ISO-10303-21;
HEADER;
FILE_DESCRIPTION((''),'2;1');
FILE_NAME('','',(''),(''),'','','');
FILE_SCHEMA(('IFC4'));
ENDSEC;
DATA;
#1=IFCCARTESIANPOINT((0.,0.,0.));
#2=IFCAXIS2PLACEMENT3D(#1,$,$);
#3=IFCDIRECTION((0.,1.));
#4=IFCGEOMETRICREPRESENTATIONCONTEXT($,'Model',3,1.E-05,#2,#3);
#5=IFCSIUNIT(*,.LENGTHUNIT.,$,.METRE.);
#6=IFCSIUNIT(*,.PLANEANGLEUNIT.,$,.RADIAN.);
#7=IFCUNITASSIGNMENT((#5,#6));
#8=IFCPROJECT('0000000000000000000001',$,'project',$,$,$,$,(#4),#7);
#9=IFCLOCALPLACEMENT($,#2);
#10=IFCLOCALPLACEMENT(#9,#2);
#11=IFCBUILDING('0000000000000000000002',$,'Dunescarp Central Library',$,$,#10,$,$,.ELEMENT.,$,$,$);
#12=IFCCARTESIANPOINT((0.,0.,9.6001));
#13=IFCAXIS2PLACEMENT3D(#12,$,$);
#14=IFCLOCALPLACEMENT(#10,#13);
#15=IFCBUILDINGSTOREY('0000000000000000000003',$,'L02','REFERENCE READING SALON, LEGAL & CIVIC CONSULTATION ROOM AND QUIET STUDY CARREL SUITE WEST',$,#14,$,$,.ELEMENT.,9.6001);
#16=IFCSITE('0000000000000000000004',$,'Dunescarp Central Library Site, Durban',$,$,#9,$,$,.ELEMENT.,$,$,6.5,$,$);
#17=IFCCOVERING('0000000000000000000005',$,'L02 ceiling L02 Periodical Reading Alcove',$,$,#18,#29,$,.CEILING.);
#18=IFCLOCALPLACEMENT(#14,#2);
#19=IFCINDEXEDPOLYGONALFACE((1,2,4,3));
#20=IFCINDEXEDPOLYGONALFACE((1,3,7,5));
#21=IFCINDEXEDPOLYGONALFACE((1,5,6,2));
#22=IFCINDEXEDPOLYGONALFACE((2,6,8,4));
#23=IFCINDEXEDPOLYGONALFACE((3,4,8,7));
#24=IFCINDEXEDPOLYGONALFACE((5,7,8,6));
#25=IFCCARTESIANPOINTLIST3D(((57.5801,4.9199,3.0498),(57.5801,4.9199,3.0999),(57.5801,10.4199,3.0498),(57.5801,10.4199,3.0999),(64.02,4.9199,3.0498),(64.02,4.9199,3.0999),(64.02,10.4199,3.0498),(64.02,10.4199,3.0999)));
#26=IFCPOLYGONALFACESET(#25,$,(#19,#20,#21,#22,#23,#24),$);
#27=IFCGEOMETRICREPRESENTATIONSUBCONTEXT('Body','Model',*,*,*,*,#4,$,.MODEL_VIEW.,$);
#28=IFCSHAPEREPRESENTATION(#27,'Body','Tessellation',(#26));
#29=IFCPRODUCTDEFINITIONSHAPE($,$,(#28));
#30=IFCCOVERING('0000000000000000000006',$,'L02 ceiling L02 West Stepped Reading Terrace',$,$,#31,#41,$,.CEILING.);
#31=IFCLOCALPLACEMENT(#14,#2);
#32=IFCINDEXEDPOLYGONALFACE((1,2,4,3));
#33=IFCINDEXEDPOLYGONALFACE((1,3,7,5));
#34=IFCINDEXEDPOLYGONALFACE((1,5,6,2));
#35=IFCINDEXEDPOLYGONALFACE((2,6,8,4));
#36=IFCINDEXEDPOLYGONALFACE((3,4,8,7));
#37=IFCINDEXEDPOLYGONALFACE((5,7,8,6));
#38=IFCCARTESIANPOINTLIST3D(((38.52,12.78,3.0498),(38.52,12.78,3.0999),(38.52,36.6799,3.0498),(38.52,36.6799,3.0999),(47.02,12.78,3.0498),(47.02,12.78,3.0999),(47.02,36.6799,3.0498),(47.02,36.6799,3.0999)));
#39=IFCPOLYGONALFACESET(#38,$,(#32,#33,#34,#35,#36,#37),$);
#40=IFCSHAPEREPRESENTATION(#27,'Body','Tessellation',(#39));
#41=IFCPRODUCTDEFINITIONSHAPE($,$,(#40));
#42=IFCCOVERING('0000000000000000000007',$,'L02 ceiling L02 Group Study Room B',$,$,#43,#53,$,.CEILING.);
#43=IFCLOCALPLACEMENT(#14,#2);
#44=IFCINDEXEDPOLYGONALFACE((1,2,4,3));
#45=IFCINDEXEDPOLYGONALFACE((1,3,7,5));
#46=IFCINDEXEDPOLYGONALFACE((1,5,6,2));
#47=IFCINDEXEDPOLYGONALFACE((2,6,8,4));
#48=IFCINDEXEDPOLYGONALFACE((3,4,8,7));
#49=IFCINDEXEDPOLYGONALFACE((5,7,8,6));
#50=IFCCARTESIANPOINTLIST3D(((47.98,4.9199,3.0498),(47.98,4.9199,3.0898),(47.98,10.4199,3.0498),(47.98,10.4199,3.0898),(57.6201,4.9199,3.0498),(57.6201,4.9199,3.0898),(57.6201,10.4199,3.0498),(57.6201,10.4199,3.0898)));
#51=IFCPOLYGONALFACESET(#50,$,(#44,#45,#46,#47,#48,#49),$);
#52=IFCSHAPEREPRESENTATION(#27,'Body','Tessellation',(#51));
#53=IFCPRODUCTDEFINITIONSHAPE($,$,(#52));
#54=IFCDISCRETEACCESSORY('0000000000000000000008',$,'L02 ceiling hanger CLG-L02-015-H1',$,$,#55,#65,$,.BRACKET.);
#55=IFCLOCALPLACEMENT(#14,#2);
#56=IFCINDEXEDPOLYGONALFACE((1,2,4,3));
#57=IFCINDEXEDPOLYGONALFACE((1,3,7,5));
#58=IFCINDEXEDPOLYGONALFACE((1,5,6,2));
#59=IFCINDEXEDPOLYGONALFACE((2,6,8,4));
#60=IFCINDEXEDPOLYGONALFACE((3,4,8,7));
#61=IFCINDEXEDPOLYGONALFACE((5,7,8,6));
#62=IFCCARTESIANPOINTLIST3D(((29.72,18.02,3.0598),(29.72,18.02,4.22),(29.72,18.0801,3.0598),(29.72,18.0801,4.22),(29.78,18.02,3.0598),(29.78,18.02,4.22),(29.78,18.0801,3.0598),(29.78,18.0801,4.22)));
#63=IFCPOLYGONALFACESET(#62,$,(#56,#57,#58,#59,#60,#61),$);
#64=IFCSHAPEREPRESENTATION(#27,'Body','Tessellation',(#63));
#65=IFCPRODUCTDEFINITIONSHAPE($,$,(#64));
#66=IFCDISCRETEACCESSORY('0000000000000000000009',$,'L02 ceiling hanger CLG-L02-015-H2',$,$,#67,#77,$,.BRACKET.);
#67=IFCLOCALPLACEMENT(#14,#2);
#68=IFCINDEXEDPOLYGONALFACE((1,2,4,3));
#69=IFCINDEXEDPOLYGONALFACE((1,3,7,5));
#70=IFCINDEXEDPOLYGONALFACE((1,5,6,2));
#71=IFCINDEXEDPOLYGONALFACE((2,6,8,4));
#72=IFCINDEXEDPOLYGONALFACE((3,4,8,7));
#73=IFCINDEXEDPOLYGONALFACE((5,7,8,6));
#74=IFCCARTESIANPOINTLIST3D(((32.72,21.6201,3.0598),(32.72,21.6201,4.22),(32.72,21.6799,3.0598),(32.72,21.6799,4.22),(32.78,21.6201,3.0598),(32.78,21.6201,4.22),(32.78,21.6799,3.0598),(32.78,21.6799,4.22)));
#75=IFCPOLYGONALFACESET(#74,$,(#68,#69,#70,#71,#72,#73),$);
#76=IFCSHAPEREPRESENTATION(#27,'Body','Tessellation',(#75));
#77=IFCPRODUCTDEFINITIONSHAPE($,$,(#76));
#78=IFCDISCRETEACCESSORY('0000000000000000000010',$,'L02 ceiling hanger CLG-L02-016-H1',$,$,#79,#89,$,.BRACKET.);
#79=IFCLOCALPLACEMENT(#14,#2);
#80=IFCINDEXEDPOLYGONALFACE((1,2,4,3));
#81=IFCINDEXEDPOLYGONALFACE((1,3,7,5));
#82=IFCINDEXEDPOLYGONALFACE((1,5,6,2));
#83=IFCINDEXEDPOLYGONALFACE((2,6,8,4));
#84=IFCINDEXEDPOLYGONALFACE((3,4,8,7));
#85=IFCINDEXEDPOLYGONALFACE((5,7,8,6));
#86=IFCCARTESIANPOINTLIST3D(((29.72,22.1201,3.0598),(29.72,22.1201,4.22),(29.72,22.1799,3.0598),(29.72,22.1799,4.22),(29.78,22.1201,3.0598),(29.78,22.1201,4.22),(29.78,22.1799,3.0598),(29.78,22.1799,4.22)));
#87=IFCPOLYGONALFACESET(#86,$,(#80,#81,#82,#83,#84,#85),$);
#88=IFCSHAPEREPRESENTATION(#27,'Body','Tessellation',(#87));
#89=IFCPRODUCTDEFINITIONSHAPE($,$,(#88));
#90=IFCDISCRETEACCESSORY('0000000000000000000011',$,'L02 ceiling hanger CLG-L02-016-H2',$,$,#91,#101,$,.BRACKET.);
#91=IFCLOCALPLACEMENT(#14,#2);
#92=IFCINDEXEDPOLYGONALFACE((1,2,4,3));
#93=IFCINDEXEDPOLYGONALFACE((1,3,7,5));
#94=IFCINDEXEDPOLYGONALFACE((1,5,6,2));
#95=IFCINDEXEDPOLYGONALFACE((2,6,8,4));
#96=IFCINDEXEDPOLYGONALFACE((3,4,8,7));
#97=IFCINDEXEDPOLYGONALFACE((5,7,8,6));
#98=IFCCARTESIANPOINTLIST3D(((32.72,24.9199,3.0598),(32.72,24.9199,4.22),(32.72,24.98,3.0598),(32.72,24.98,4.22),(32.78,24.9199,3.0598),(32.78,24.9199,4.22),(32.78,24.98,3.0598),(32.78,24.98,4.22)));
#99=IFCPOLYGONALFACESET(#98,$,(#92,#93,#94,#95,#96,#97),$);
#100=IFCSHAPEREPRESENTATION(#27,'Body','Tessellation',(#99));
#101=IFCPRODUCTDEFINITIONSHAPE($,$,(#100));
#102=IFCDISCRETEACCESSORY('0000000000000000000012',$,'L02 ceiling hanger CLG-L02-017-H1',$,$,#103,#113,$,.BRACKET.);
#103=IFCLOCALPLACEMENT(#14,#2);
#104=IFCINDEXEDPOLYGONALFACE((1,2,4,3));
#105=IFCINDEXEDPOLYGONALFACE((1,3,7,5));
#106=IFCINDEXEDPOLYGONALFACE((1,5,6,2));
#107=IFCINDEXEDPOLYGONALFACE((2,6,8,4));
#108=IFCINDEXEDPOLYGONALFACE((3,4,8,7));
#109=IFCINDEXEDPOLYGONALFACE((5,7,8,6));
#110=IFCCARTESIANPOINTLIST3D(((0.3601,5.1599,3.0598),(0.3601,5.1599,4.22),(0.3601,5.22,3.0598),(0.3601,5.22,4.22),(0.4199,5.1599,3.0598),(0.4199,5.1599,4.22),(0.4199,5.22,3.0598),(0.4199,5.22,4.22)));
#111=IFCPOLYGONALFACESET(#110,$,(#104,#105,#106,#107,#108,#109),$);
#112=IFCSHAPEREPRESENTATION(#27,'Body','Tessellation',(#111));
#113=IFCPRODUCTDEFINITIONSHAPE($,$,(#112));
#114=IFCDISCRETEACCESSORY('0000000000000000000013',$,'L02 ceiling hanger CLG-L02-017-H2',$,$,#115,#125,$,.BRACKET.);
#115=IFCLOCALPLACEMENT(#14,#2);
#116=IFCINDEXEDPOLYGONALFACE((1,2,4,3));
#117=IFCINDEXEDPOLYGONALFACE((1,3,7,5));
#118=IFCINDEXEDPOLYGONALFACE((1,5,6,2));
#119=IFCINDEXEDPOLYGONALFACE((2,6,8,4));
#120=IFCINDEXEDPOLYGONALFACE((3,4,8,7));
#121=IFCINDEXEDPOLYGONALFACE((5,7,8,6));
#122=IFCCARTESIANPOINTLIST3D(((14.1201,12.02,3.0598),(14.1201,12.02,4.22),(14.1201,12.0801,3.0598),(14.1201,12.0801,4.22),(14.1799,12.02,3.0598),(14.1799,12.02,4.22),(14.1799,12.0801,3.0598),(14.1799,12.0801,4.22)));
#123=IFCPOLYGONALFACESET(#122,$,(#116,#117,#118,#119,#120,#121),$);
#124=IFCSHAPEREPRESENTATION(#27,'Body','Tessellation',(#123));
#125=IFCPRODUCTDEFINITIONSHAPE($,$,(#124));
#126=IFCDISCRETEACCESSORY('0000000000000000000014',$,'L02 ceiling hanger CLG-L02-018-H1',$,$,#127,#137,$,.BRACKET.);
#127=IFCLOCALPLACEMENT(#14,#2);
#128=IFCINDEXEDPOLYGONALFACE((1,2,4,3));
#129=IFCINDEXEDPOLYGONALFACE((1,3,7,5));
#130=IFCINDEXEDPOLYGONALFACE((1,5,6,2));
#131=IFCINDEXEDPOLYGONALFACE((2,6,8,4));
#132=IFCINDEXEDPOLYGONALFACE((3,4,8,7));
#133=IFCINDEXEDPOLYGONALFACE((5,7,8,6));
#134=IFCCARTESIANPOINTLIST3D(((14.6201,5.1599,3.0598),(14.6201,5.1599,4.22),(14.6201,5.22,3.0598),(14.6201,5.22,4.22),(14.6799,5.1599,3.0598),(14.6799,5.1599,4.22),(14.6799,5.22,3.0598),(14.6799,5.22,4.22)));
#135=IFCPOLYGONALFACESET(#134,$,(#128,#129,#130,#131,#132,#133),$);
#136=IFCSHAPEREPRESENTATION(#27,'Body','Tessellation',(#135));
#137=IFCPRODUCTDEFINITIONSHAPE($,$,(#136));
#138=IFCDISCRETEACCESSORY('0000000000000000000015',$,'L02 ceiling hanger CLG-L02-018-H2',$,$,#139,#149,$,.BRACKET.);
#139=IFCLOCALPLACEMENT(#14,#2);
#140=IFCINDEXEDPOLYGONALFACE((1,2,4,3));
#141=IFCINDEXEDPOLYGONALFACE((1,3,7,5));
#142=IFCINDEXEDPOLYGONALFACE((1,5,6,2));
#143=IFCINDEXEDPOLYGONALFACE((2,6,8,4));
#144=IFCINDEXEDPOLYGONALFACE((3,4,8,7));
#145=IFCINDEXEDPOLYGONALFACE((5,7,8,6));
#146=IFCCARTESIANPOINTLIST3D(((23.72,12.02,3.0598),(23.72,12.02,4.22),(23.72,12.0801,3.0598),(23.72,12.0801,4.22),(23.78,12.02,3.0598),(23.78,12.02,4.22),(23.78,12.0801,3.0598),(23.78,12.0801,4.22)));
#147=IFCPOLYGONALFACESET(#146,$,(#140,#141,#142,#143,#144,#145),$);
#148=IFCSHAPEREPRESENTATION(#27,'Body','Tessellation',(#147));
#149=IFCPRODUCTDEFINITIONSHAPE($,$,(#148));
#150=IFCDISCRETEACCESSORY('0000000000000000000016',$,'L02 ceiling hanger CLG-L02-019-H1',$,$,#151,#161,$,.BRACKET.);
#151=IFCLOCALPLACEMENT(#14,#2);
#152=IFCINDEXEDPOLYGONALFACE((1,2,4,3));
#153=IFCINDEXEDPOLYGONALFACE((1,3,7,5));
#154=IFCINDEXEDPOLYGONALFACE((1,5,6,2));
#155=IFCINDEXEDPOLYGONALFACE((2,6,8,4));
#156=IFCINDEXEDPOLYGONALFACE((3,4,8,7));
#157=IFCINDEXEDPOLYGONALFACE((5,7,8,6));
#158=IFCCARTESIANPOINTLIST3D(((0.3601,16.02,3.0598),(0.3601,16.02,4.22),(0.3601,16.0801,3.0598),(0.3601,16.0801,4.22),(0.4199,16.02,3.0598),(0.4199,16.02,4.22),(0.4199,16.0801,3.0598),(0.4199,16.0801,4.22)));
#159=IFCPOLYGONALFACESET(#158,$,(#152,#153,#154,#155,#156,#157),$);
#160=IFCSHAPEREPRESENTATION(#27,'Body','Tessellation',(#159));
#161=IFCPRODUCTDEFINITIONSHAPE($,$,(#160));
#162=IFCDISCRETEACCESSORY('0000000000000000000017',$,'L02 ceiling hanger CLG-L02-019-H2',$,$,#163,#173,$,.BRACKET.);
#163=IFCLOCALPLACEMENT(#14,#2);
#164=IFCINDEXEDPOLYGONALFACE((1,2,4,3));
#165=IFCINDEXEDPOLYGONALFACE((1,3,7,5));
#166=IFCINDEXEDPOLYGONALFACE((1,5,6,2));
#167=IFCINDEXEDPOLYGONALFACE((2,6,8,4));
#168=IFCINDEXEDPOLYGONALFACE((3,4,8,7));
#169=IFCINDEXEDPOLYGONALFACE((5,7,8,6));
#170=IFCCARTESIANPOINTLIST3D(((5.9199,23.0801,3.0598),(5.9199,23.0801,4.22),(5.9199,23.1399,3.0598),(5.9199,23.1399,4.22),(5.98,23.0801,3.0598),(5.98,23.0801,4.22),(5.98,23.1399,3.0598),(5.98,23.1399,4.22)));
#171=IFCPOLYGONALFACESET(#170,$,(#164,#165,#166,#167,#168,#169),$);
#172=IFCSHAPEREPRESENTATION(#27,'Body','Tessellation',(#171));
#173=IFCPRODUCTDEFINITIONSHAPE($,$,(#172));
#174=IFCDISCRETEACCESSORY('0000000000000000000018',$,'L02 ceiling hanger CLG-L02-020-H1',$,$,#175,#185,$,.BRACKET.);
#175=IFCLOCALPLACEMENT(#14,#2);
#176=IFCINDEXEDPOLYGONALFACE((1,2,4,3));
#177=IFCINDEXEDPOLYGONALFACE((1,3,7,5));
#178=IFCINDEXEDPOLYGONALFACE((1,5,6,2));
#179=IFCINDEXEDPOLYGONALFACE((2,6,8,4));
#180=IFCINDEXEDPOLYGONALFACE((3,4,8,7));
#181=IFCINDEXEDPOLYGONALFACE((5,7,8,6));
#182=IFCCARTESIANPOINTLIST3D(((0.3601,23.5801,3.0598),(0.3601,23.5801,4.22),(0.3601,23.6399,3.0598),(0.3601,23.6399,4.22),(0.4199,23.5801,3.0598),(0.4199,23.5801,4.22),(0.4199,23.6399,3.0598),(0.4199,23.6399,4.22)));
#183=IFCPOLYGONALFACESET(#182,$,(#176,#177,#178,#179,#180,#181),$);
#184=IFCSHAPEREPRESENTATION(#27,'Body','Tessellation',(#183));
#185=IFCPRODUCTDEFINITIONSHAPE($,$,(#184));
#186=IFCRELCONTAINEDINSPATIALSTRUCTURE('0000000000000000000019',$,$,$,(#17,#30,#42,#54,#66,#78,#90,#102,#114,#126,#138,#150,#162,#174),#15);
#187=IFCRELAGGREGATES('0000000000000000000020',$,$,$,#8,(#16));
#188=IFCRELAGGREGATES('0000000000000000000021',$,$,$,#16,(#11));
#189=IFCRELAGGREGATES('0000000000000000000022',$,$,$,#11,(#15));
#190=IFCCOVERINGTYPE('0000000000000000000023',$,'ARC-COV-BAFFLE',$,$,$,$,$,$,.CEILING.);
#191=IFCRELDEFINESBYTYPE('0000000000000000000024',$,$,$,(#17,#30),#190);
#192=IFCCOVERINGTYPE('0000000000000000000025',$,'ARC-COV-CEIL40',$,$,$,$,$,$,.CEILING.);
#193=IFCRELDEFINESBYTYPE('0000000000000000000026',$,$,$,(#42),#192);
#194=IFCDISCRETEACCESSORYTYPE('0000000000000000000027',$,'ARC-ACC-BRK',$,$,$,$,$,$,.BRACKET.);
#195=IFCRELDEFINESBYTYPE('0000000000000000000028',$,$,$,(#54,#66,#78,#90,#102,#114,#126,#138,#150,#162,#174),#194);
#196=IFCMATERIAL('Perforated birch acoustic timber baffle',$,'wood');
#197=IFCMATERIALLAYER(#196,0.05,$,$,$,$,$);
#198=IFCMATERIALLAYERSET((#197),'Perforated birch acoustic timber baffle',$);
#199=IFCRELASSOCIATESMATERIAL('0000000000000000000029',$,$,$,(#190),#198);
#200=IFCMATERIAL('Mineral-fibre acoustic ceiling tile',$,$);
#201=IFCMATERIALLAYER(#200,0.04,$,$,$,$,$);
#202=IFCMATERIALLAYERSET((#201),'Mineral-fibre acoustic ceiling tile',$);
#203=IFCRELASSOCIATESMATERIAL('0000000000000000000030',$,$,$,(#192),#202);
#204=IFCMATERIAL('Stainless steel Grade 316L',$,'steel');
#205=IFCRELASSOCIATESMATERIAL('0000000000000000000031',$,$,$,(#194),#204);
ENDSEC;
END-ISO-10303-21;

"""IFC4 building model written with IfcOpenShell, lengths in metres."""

from ifc_helpers import new_model, si_unit, direction, frame, origin, place, context, subcontext, project, spatial, polyline, outline, extrude, material, layer, layer_set, type_object, element, save


model = new_model("IFC4")

# Units and contexts
model_context = context("Model", 3, precision=1e-05, world=origin(), true_north=direction((0.0, 1.0)))
body_context = subcontext(model_context, "Body", "Model", "MODEL_VIEW")
ifc_project = project(units=[si_unit("LENGTHUNIT", "METRE"), si_unit("PLANEANGLEUNIT", "RADIAN")], contexts=[model_context])

# Site, building, storey
site_placement = place(None, origin())
site = spatial("IfcSite", under=ifc_project, at=site_placement, Name="Dunescarp Central Library Site, Durban", CompositionType="ELEMENT", RefElevation=6.5)
building_placement = place(site_placement, origin())
building = spatial("IfcBuilding", under=site, at=building_placement, Name="Dunescarp Central Library", CompositionType="ELEMENT")
storey_placement = place(building_placement, frame((0.0, 0.0, 9.6001)))
storey = spatial("IfcBuildingStorey", under=building, at=storey_placement, Name="L02", Description="REFERENCE READING SALON, LEGAL & CIVIC CONSULTATION ROOM AND QUIET STUDY CARREL SUITE WEST", CompositionType="ELEMENT", Elevation=9.6001)

# Coverings
ifc_material_1 = material(Name="Perforated birch acoustic timber baffle", Category="wood")
ifc_layer_1 = layer(ifc_material_1, 0.05)
ifc_layer_set_1 = layer_set([ifc_layer_1], Name="Perforated birch acoustic timber baffle")
covering_type_1 = type_object("IfcCoveringType", Name="ARC-COV-BAFFLE", PredefinedType="CEILING", material=ifc_layer_set_1)
covering_1_placement = place(storey_placement, frame((0.0, 0.0, 3.0498)))
element("IfcCovering", 1, at=covering_1_placement, inside=storey, type_object=covering_type_1, Name="L02 ceiling L02 Periodical Reading Alcove", PredefinedType="CEILING", context=body_context, shape_type="SweptSolid", body=[
    extrude(outline(polyline([(57.5801, 4.9199), (64.02, 4.9199), (64.02, 10.4199), (57.5801, 10.4199), (57.5801, 4.9199)])), origin(), (0.0, 0.0, 1.0), 0.05),
])
covering_2_placement = place(storey_placement, frame((0.0, 0.0, 3.0498)))
element("IfcCovering", 2, at=covering_2_placement, inside=storey, type_object=covering_type_1, Name="L02 ceiling L02 West Stepped Reading Terrace", PredefinedType="CEILING", context=body_context, shape_type="SweptSolid", body=[
    extrude(outline(polyline([(38.52, 12.78), (47.02, 12.78), (47.02, 36.6799), (38.52, 36.6799), (38.52, 12.78)])), origin(), (0.0, 0.0, 1.0), 0.05),
])
ifc_material_2 = material(Name="Mineral-fibre acoustic ceiling tile")
ifc_layer_2 = layer(ifc_material_2, 0.04)
ifc_layer_set_2 = layer_set([ifc_layer_2], Name="Mineral-fibre acoustic ceiling tile")
covering_type_2 = type_object("IfcCoveringType", Name="ARC-COV-CEIL40", PredefinedType="CEILING", material=ifc_layer_set_2)
covering_3_placement = place(storey_placement, frame((0.0, 0.0, 3.0498)))
element("IfcCovering", 3, at=covering_3_placement, inside=storey, type_object=covering_type_2, Name="L02 ceiling L02 Group Study Room B", PredefinedType="CEILING", context=body_context, shape_type="SweptSolid", body=[
    extrude(outline(polyline([(47.98, 4.9199), (57.6201, 4.9199), (57.6201, 10.4199), (47.98, 10.4199), (47.98, 4.9199)])), origin(), (0.0, 0.0, 1.0), 0.04),
])

# Discrete accessories
ifc_material_3 = material(Name="Stainless steel Grade 316L", Category="steel")
discrete_accessory_type = type_object("IfcDiscreteAccessoryType", Name="ARC-ACC-BRK", PredefinedType="BRACKET", material=ifc_material_3)
discrete_accessory_1_placement = place(storey_placement, frame((0.0, 0.0, 3.0598)))
element("IfcDiscreteAccessory", 4, at=discrete_accessory_1_placement, inside=storey, type_object=discrete_accessory_type, Name="L02 ceiling hanger CLG-L02-015-H1", PredefinedType="BRACKET", context=body_context, shape_type="SweptSolid", body=[
    extrude(outline(polyline([(29.72, 18.02), (29.78, 18.02), (29.78, 18.0801), (29.72, 18.0801), (29.72, 18.02)])), origin(), (0.0, 0.0, 1.0), 1.1602),
])
discrete_accessory_2_placement = place(storey_placement, frame((0.0, 0.0, 3.0598)))
element("IfcDiscreteAccessory", 5, at=discrete_accessory_2_placement, inside=storey, type_object=discrete_accessory_type, Name="L02 ceiling hanger CLG-L02-015-H2", PredefinedType="BRACKET", context=body_context, shape_type="SweptSolid", body=[
    extrude(outline(polyline([(32.72, 21.6201), (32.78, 21.6201), (32.78, 21.6799), (32.72, 21.6799), (32.72, 21.6201)])), origin(), (0.0, 0.0, 1.0), 1.1602),
])
discrete_accessory_3_placement = place(storey_placement, frame((0.0, 0.0, 3.0598)))
element("IfcDiscreteAccessory", 6, at=discrete_accessory_3_placement, inside=storey, type_object=discrete_accessory_type, Name="L02 ceiling hanger CLG-L02-016-H1", PredefinedType="BRACKET", context=body_context, shape_type="SweptSolid", body=[
    extrude(outline(polyline([(29.72, 22.1201), (29.78, 22.1201), (29.78, 22.1799), (29.72, 22.1799), (29.72, 22.1201)])), origin(), (0.0, 0.0, 1.0), 1.1602),
])
discrete_accessory_4_placement = place(storey_placement, frame((0.0, 0.0, 3.0598)))
element("IfcDiscreteAccessory", 7, at=discrete_accessory_4_placement, inside=storey, type_object=discrete_accessory_type, Name="L02 ceiling hanger CLG-L02-016-H2", PredefinedType="BRACKET", context=body_context, shape_type="SweptSolid", body=[
    extrude(outline(polyline([(32.72, 24.9199), (32.78, 24.9199), (32.78, 24.98), (32.72, 24.98), (32.72, 24.9199)])), origin(), (0.0, 0.0, 1.0), 1.1602),
])
discrete_accessory_5_placement = place(storey_placement, frame((0.0, 0.0, 3.0598)))
element("IfcDiscreteAccessory", 8, at=discrete_accessory_5_placement, inside=storey, type_object=discrete_accessory_type, Name="L02 ceiling hanger CLG-L02-017-H1", PredefinedType="BRACKET", context=body_context, shape_type="SweptSolid", body=[
    extrude(outline(polyline([(0.3601, 5.1599), (0.4199, 5.1599), (0.4199, 5.22), (0.3601, 5.22), (0.3601, 5.1599)])), origin(), (0.0, 0.0, 1.0), 1.1602),
])
discrete_accessory_6_placement = place(storey_placement, frame((0.0, 0.0, 3.0598)))
element("IfcDiscreteAccessory", 9, at=discrete_accessory_6_placement, inside=storey, type_object=discrete_accessory_type, Name="L02 ceiling hanger CLG-L02-017-H2", PredefinedType="BRACKET", context=body_context, shape_type="SweptSolid", body=[
    extrude(outline(polyline([(14.1201, 12.02), (14.1799, 12.02), (14.1799, 12.0801), (14.1201, 12.0801), (14.1201, 12.02)])), origin(), (0.0, 0.0, 1.0), 1.1602),
])
discrete_accessory_7_placement = place(storey_placement, frame((0.0, 0.0, 3.0598)))
element("IfcDiscreteAccessory", 10, at=discrete_accessory_7_placement, inside=storey, type_object=discrete_accessory_type, Name="L02 ceiling hanger CLG-L02-018-H1", PredefinedType="BRACKET", context=body_context, shape_type="SweptSolid", body=[
    extrude(outline(polyline([(14.6201, 5.1599), (14.6799, 5.1599), (14.6799, 5.22), (14.6201, 5.22), (14.6201, 5.1599)])), origin(), (0.0, 0.0, 1.0), 1.1602),
])
discrete_accessory_8_placement = place(storey_placement, frame((0.0, 0.0, 3.0598)))
element("IfcDiscreteAccessory", 11, at=discrete_accessory_8_placement, inside=storey, type_object=discrete_accessory_type, Name="L02 ceiling hanger CLG-L02-018-H2", PredefinedType="BRACKET", context=body_context, shape_type="SweptSolid", body=[
    extrude(outline(polyline([(23.72, 12.02), (23.78, 12.02), (23.78, 12.0801), (23.72, 12.0801), (23.72, 12.02)])), origin(), (0.0, 0.0, 1.0), 1.1602),
])
discrete_accessory_9_placement = place(storey_placement, frame((0.0, 0.0, 3.0598)))
element("IfcDiscreteAccessory", 12, at=discrete_accessory_9_placement, inside=storey, type_object=discrete_accessory_type, Name="L02 ceiling hanger CLG-L02-019-H1", PredefinedType="BRACKET", context=body_context, shape_type="SweptSolid", body=[
    extrude(outline(polyline([(0.3601, 16.02), (0.4199, 16.02), (0.4199, 16.0801), (0.3601, 16.0801), (0.3601, 16.02)])), origin(), (0.0, 0.0, 1.0), 1.1602),
])
discrete_accessory_10_placement = place(storey_placement, frame((0.0, 0.0, 3.0598)))
element("IfcDiscreteAccessory", 13, at=discrete_accessory_10_placement, inside=storey, type_object=discrete_accessory_type, Name="L02 ceiling hanger CLG-L02-019-H2", PredefinedType="BRACKET", context=body_context, shape_type="SweptSolid", body=[
    extrude(outline(polyline([(5.9199, 23.0801), (5.98, 23.0801), (5.98, 23.1399), (5.9199, 23.1399), (5.9199, 23.0801)])), origin(), (0.0, 0.0, 1.0), 1.1602),
])
discrete_accessory_11_placement = place(storey_placement, frame((0.0, 0.0, 3.0598)))
element("IfcDiscreteAccessory", 14, at=discrete_accessory_11_placement, inside=storey, type_object=discrete_accessory_type, Name="L02 ceiling hanger CLG-L02-020-H1", PredefinedType="BRACKET", context=body_context, shape_type="SweptSolid", body=[
    extrude(outline(polyline([(0.3601, 23.5801), (0.4199, 23.5801), (0.4199, 23.6399), (0.3601, 23.6399), (0.3601, 23.5801)])), origin(), (0.0, 0.0, 1.0), 1.1602),
])

save(model, "model.ifc")
